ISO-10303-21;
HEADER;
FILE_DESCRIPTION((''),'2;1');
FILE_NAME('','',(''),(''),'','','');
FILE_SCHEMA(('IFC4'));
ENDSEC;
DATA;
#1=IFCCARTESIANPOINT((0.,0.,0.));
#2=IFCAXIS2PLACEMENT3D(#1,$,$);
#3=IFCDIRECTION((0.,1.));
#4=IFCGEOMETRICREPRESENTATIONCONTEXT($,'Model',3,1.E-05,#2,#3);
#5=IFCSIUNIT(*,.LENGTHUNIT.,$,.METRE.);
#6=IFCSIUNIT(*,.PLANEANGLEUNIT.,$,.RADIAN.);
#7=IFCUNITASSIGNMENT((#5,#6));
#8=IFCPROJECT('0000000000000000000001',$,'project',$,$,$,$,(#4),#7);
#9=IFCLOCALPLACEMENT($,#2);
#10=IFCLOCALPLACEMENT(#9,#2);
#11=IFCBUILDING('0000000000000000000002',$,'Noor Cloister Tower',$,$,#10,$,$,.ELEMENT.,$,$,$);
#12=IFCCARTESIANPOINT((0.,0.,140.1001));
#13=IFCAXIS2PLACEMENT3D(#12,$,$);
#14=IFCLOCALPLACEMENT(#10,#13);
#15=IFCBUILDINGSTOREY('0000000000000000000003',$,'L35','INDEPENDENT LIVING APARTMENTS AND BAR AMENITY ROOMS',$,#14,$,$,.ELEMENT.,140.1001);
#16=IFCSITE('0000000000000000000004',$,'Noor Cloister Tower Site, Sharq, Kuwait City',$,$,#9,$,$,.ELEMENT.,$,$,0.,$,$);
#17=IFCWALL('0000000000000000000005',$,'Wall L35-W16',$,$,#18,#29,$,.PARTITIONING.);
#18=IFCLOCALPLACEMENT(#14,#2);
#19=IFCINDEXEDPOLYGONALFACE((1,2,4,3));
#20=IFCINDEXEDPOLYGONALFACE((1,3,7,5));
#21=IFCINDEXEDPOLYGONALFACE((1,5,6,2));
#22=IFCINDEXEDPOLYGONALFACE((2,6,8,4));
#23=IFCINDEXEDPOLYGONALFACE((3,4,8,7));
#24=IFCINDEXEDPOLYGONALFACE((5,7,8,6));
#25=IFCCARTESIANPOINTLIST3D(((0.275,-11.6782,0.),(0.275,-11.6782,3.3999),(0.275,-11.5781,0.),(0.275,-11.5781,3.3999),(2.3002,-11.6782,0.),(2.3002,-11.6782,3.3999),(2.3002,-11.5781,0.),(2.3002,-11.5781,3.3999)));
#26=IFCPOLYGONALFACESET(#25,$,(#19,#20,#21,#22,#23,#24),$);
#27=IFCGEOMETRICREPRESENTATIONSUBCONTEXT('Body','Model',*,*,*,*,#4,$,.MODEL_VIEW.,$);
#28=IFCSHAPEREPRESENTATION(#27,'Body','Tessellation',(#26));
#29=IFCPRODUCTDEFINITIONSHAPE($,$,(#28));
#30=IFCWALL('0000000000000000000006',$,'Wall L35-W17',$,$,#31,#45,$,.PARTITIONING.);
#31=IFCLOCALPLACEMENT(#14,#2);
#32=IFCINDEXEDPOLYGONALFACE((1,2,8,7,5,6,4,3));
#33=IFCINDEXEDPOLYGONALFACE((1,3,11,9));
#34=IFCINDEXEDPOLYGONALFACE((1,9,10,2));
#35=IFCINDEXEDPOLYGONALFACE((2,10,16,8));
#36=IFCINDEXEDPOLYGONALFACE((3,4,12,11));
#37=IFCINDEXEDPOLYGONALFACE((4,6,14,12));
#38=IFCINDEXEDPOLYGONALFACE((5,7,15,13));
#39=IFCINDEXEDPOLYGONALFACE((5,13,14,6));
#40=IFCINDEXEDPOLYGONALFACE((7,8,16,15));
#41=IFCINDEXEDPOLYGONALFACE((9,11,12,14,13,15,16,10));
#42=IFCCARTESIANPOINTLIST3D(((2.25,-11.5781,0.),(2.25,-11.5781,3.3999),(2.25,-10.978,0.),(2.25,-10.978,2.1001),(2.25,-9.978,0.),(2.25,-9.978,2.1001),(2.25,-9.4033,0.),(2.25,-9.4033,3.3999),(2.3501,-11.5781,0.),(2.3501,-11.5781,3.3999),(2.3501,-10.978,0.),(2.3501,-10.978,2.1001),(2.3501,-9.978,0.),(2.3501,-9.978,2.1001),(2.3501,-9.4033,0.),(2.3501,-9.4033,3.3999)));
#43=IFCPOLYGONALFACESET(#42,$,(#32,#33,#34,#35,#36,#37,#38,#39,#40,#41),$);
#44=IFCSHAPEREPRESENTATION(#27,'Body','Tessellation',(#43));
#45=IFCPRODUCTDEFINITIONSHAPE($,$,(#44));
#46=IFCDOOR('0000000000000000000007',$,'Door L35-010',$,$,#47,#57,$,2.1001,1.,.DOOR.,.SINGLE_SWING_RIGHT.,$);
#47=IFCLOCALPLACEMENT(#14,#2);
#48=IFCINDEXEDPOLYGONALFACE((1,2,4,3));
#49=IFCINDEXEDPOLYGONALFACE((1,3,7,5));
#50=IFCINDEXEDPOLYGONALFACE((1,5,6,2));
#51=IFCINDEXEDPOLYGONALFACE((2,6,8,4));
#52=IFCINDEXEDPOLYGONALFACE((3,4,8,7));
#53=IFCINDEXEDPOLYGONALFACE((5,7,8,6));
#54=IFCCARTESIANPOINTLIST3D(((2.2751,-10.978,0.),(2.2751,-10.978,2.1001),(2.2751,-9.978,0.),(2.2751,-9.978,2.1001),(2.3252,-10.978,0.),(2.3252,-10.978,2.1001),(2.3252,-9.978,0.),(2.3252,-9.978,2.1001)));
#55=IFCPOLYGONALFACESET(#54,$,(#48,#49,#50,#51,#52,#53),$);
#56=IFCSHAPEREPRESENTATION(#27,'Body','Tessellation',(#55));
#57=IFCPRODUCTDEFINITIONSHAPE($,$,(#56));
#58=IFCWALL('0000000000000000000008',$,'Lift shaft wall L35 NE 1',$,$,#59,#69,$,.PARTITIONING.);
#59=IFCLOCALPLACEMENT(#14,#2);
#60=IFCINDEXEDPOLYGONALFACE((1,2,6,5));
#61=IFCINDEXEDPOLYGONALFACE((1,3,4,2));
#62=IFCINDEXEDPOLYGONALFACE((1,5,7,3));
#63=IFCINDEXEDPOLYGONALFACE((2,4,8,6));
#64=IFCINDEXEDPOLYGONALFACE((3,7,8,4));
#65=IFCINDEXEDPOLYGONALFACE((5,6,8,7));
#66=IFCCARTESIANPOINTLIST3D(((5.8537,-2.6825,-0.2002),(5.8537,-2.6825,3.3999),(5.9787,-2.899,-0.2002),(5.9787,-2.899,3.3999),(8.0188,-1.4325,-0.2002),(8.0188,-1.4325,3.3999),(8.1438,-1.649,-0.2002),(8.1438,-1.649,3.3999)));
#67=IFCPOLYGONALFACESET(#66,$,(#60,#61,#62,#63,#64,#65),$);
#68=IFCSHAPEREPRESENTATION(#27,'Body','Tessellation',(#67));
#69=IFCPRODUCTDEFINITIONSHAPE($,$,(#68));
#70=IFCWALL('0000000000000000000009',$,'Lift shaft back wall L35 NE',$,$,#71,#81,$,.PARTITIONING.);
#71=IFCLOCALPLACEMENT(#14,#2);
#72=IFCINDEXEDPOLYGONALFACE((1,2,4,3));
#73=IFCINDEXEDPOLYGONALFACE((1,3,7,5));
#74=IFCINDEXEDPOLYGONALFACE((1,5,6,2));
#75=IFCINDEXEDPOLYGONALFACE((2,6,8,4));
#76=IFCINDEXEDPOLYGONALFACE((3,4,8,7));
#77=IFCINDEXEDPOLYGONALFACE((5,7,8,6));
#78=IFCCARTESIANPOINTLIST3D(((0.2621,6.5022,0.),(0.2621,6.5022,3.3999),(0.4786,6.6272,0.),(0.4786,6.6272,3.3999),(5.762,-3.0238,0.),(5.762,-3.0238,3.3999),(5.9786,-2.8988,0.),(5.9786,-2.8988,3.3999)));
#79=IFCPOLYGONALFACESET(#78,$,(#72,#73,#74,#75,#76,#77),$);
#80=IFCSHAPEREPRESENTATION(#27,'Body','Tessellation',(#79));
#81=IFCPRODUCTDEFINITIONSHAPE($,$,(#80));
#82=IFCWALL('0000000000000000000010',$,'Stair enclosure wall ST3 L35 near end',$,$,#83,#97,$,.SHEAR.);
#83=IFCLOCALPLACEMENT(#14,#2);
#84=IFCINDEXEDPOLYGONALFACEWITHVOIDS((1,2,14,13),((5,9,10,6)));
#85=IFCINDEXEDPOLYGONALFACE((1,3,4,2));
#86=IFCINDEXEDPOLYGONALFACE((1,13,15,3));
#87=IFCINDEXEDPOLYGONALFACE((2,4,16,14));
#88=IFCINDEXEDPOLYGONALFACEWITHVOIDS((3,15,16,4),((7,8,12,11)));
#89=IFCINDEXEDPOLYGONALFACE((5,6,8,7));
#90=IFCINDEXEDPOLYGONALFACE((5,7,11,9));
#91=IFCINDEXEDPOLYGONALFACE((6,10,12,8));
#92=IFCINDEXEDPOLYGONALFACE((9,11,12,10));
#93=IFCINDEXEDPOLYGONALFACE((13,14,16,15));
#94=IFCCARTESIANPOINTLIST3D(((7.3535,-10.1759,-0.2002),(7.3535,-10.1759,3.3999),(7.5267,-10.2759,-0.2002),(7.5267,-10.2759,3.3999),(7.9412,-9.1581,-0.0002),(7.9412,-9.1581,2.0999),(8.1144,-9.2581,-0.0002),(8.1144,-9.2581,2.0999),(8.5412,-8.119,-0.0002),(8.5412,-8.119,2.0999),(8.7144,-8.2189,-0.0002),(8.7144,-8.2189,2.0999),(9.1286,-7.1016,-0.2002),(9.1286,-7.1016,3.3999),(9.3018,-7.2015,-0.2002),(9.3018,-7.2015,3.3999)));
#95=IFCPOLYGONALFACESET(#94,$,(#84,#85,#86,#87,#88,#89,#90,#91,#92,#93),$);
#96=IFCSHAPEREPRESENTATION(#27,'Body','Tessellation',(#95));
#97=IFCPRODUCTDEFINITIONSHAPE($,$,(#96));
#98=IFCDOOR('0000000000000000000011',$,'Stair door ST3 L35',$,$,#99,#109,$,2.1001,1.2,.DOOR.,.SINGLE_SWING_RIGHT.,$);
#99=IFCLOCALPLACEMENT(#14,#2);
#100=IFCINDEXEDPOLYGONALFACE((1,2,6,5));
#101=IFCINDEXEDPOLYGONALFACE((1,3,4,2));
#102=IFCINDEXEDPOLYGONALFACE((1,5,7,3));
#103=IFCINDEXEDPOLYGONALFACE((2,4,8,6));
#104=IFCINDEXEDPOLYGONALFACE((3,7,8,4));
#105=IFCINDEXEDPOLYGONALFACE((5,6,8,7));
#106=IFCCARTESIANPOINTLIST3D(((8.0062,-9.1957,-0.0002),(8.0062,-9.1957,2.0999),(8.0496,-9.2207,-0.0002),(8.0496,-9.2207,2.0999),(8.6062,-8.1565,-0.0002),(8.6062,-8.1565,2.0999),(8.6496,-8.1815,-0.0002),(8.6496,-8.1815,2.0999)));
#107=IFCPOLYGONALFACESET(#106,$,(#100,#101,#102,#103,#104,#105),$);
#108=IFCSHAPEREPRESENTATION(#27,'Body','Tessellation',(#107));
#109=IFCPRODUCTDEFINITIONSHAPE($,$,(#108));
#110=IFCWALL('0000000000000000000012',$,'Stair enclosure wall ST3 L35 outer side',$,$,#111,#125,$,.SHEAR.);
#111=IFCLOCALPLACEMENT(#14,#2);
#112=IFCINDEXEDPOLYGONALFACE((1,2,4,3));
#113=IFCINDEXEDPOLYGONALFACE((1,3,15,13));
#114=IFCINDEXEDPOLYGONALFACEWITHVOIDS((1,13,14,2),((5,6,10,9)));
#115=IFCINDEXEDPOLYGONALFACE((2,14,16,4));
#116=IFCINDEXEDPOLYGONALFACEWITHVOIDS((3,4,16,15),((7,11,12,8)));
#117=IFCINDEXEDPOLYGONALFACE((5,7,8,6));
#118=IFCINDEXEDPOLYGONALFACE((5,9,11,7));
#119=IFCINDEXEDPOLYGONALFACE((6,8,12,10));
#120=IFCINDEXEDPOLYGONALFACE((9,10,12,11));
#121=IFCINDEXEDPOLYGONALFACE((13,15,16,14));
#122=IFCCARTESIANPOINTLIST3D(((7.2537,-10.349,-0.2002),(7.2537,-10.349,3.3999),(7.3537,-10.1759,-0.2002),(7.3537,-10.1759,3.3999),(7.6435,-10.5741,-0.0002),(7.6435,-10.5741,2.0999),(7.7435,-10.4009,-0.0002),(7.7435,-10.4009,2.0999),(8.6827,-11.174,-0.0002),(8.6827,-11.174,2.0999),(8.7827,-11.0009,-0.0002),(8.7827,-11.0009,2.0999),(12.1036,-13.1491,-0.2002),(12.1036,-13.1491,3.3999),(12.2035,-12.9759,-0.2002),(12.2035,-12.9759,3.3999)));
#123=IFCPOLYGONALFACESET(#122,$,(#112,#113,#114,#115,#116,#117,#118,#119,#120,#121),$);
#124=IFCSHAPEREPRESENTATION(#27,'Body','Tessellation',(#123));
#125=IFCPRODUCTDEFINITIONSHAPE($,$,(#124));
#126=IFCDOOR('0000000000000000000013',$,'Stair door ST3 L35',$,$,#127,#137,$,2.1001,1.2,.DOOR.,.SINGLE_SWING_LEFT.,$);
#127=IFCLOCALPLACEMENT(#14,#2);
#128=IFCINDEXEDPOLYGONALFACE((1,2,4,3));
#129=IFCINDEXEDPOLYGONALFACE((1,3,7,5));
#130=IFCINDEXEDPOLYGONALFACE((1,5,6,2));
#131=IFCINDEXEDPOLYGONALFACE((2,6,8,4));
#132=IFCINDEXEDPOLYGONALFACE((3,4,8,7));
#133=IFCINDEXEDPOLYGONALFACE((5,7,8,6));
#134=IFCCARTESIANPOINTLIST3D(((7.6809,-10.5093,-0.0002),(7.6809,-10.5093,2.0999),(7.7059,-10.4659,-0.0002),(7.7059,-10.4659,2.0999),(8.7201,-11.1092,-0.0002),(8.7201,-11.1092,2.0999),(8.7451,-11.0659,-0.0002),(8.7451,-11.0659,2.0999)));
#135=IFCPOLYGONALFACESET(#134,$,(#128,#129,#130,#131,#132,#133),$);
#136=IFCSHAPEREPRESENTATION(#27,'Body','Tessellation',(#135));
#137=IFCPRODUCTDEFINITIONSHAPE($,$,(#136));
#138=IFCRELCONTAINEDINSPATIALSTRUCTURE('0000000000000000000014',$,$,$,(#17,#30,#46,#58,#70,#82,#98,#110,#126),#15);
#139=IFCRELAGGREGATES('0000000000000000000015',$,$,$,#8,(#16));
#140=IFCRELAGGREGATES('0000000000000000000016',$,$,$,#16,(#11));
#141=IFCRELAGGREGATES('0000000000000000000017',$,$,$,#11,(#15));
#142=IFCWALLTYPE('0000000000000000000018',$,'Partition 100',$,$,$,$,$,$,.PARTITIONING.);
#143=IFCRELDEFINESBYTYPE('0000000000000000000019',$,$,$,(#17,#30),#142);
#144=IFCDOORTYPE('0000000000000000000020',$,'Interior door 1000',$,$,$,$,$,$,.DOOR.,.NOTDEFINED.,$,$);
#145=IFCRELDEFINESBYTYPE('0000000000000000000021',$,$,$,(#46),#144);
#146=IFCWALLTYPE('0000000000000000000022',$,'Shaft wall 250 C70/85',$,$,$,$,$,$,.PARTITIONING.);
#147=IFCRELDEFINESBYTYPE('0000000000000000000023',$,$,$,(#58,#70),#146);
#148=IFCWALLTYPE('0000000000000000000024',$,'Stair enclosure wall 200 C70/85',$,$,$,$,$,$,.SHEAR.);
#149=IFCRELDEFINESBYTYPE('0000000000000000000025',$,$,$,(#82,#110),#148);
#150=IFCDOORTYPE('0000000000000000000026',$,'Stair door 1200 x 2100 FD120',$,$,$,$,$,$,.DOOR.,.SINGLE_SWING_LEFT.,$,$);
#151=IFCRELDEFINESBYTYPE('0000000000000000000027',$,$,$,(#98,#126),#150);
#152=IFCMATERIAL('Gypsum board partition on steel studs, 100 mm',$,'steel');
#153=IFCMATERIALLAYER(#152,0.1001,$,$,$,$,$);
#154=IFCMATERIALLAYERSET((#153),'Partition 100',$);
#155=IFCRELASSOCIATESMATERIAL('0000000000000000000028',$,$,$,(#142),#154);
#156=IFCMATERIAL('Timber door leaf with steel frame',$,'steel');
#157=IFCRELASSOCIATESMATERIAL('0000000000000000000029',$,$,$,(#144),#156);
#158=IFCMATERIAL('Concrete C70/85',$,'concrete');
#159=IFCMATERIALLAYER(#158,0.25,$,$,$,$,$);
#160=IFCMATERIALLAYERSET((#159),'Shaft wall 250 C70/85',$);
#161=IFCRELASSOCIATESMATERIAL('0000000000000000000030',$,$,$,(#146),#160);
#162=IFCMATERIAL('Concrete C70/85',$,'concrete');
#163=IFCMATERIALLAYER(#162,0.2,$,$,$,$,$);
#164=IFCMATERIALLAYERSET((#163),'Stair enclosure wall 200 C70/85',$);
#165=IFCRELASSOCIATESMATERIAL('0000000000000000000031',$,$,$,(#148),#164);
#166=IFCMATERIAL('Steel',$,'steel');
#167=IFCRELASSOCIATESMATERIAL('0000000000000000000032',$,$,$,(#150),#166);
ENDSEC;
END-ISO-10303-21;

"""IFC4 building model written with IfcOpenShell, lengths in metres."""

from ifc_helpers import new_model, si_unit, direction, frame, frame_2d, origin, place, context, subcontext, project, spatial, rectangle, extrude, material, layer, layer_set, type_object, element, fill, save


model = new_model("IFC4")

# Units and contexts
model_context = context("Model", 3, precision=1e-05, world=origin(), true_north=direction((0.0, 1.0)))
body_context = subcontext(model_context, "Body", "Model", "MODEL_VIEW")
ifc_project = project(units=[si_unit("LENGTHUNIT", "METRE"), si_unit("PLANEANGLEUNIT", "RADIAN")], contexts=[model_context])

# Site, building, storey
site_placement = place(None, origin())
site = spatial("IfcSite", under=ifc_project, at=site_placement, Name="Noor Cloister Tower Site, Sharq, Kuwait City", CompositionType="ELEMENT", RefElevation=0.0)
building_placement = place(site_placement, origin())
building = spatial("IfcBuilding", under=site, at=building_placement, Name="Noor Cloister Tower", CompositionType="ELEMENT")
storey_placement = place(building_placement, frame((0.0, 0.0, 140.1001)))
storey = spatial("IfcBuildingStorey", under=building, at=storey_placement, Name="L35", Description="INDEPENDENT LIVING APARTMENTS AND BAR AMENITY ROOMS", CompositionType="ELEMENT", Elevation=140.1001)

# Wall
ifc_material_1 = material(Name="Gypsum board partition on steel studs, 100 mm", Category="steel")
ifc_layer_1 = layer(ifc_material_1, 0.1001)
ifc_layer_set_1 = layer_set([ifc_layer_1], Name="Partition 100")
wall_type_1 = type_object("IfcWallType", Name="Partition 100", PredefinedType="PARTITIONING", material=ifc_layer_set_1)
wall_1_placement = place(storey_placement, frame((0.2749, -11.6282, 0.0), z_axis=(0.0, 0.0, 1.0), x_axis=(1.0, 0.0, 0.0)))
element("IfcWall", 1, at=wall_1_placement, inside=storey, type_object=wall_type_1, Name="Wall L35-W16", PredefinedType="PARTITIONING", context=body_context, shape_type="SweptSolid", body=[
    extrude(rectangle(XDim=2.0251, YDim=0.1001, at=frame_2d((1.0127, 0.0))), origin(), (0.0, 0.0, 1.0), 3.3999),
])

# Wall, opening, door
wall_2_placement = place(storey_placement, frame((2.3, -11.5781, 0.0), z_axis=(0.0, 0.0, 1.0), x_axis=(0.0, 1.0, 0.0)))
wall_2 = element("IfcWall", 2, at=wall_2_placement, inside=storey, type_object=wall_type_1, Name="Wall L35-W17", PredefinedType="PARTITIONING", context=body_context, shape_type="SweptSolid", body=[
    extrude(rectangle(XDim=2.1748, YDim=0.1001, at=frame_2d((1.0874, 0.0))), origin(), (0.0, 0.0, 1.0), 3.3999),
])
opening_1_placement = place(wall_2_placement, frame((0.6001, 0.0, 0.0)))
opening_1 = element("IfcOpeningElement", 3, at=opening_1_placement, cuts=wall_2, PredefinedType="OPENING", context=body_context, shape_type="SweptSolid", body=[
    extrude(rectangle(XDim=1.0, YDim=2.1001, at=frame_2d((0.5, 1.05))), frame((0.0, 0.0601, 0.0), z_axis=(0.0, -1.0, 0.0), x_axis=(1.0, 0.0, 0.0)), (0.0, 0.0, 1.0), 0.1201),
])
ifc_material_2 = material(Name="Timber door leaf with steel frame", Category="steel")
door_type_1 = type_object("IfcDoorType", Name="Interior door 1000", OperationType="NOTDEFINED", PredefinedType="DOOR", material=ifc_material_2)
door_1_placement = place(opening_1_placement, origin())
door_1 = element("IfcDoor", 4, at=door_1_placement, inside=storey, type_object=door_type_1, Name="Door L35-010", OperationType="SINGLE_SWING_RIGHT", OverallHeight=2.1001, OverallWidth=1.0, PredefinedType="DOOR", context=body_context, shape_type="SweptSolid", body=[
    extrude(rectangle(XDim=1.0, YDim=2.1001, at=frame_2d((0.5, 1.05))), frame((0.0, 0.0249, 0.0), z_axis=(0.0, -1.0, 0.0), x_axis=(1.0, 0.0, 0.0)), (0.0, 0.0, 1.0), 0.05),
])
fill(opening_1, door_1)

# Walls
ifc_material_3 = material(Name="Concrete C70/85", Category="concrete")
ifc_layer_2 = layer(ifc_material_3, 0.25)
ifc_layer_set_2 = layer_set([ifc_layer_2], Name="Shaft wall 250 C70/85")
wall_type_2 = type_object("IfcWallType", Name="Shaft wall 250 C70/85", PredefinedType="PARTITIONING", material=ifc_layer_set_2)
wall_3_placement = place(storey_placement, frame((8.0813, -1.5408, -0.2002), z_axis=(0.0, 0.0, 1.0), x_axis=(-0.866023, -0.500004, 0.0)))
element("IfcWall", 5, at=wall_3_placement, inside=storey, type_object=wall_type_2, Name="Lift shaft wall L35 NE 1", PredefinedType="PARTITIONING", context=body_context, shape_type="SweptSolid", body=[
    extrude(rectangle(XDim=2.5, YDim=0.25, at=frame_2d((1.25, 0.0))), origin(), (0.0, 0.0, 1.0), 3.6001),
])
wall_4_placement = place(storey_placement, frame((5.8704, -2.9614, 0.0), z_axis=(0.0, 0.0, 1.0), x_axis=(-0.500006, 0.866022, 0.0)))
element("IfcWall", 6, at=wall_4_placement, inside=storey, type_object=wall_type_2, Name="Lift shaft back wall L35 NE", PredefinedType="PARTITIONING", context=body_context, shape_type="SweptSolid", body=[
    extrude(rectangle(XDim=10.9998, YDim=0.25, at=frame_2d((5.5, 0.0))), origin(), (0.0, 0.0, 1.0), 3.3999),
])

# Walls, openings, doors
ifc_material_4 = material(Name="Concrete C70/85", Category="concrete")
ifc_layer_3 = layer(ifc_material_4, 0.2)
ifc_layer_set_3 = layer_set([ifc_layer_3], Name="Stair enclosure wall 200 C70/85")
wall_type_3 = type_object("IfcWallType", Name="Stair enclosure wall 200 C70/85", PredefinedType="SHEAR", material=ifc_layer_set_3)
wall_5_placement = place(storey_placement, frame((7.4402, -10.2258, -0.2002), z_axis=(0.0, 0.0, 1.0), x_axis=(0.500022, 0.866013, 0.0)))
wall_5 = element("IfcWall", 7, at=wall_5_placement, inside=storey, type_object=wall_type_3, Name="Stair enclosure wall ST3 L35 near end", PredefinedType="SHEAR", context=body_context, shape_type="SweptSolid", body=[
    extrude(rectangle(XDim=3.55, YDim=0.2, at=frame_2d((1.7749, 0.0))), origin(), (0.0, 0.0, 1.0), 3.6001),
])
opening_2_placement = place(wall_5_placement, frame((1.175, 0.0, 0.2)))
opening_2 = element("IfcOpeningElement", 8, at=opening_2_placement, cuts=wall_5, PredefinedType="OPENING", context=body_context, shape_type="SweptSolid", body=[
    extrude(rectangle(XDim=1.2, YDim=2.1001, at=frame_2d((0.6001, 1.05))), frame((0.0, 0.1099, 0.0), z_axis=(0.0, -1.0, 0.0), x_axis=(1.0, 0.0, 0.0)), (0.0, 0.0, 1.0), 0.22),
])
ifc_material_5 = material(Name="Steel", Category="steel")
door_type_2 = type_object("IfcDoorType", Name="Stair door 1200 x 2100 FD120", OperationType="SINGLE_SWING_LEFT", PredefinedType="DOOR", material=ifc_material_5)
door_2_placement = place(opening_2_placement, origin())
door_2 = element("IfcDoor", 9, at=door_2_placement, inside=storey, type_object=door_type_2, Name="Stair door ST3 L35", OperationType="SINGLE_SWING_RIGHT", OverallHeight=2.1001, OverallWidth=1.2, PredefinedType="DOOR", context=body_context, shape_type="SweptSolid", body=[
    extrude(rectangle(XDim=1.2, YDim=2.1001, at=frame_2d((0.6001, 1.05))), frame((0.0, 0.0249, 0.0), z_axis=(0.0, -1.0, 0.0), x_axis=(1.0, 0.0, 0.0)), (0.0, 0.0, 1.0), 0.05),
])
fill(opening_2, door_2)
wall_6_placement = place(storey_placement, frame((7.3037, -10.2625, -0.2002), z_axis=(0.0, 0.0, 1.0), x_axis=(0.866027, -0.499998, 0.0)))
wall_6 = element("IfcWall", 10, at=wall_6_placement, inside=storey, type_object=wall_type_3, Name="Stair enclosure wall ST3 L35 outer side", PredefinedType="SHEAR", context=body_context, shape_type="SweptSolid", body=[
    extrude(rectangle(XDim=5.6001, YDim=0.2, at=frame_2d((2.8, 0.0))), origin(), (0.0, 0.0, 1.0), 3.6001),
])
opening_3_placement = place(wall_6_placement, frame((0.45, 0.0, 0.2)))
opening_3 = element("IfcOpeningElement", 11, at=opening_3_placement, cuts=wall_6, PredefinedType="OPENING", context=body_context, shape_type="SweptSolid", body=[
    extrude(rectangle(XDim=1.2, YDim=2.1001, at=frame_2d((0.6001, 1.05))), frame((0.0, 0.1099, 0.0), z_axis=(0.0, -1.0, 0.0), x_axis=(1.0, 0.0, 0.0)), (0.0, 0.0, 1.0), 0.22),
])
door_3_placement = place(opening_3_placement, origin())
door_3 = element("IfcDoor", 12, at=door_3_placement, inside=storey, type_object=door_type_2, Name="Stair door ST3 L35", OperationType="SINGLE_SWING_LEFT", OverallHeight=2.1001, OverallWidth=1.2, PredefinedType="DOOR", context=body_context, shape_type="SweptSolid", body=[
    extrude(rectangle(XDim=1.2, YDim=2.1001, at=frame_2d((0.6001, 1.05))), frame((0.0, 0.0249, 0.0), z_axis=(0.0, -1.0, 0.0), x_axis=(1.0, 0.0, 0.0)), (0.0, 0.0, 1.0), 0.05),
])
fill(opening_3, door_3)

save(model, "model.ifc")
